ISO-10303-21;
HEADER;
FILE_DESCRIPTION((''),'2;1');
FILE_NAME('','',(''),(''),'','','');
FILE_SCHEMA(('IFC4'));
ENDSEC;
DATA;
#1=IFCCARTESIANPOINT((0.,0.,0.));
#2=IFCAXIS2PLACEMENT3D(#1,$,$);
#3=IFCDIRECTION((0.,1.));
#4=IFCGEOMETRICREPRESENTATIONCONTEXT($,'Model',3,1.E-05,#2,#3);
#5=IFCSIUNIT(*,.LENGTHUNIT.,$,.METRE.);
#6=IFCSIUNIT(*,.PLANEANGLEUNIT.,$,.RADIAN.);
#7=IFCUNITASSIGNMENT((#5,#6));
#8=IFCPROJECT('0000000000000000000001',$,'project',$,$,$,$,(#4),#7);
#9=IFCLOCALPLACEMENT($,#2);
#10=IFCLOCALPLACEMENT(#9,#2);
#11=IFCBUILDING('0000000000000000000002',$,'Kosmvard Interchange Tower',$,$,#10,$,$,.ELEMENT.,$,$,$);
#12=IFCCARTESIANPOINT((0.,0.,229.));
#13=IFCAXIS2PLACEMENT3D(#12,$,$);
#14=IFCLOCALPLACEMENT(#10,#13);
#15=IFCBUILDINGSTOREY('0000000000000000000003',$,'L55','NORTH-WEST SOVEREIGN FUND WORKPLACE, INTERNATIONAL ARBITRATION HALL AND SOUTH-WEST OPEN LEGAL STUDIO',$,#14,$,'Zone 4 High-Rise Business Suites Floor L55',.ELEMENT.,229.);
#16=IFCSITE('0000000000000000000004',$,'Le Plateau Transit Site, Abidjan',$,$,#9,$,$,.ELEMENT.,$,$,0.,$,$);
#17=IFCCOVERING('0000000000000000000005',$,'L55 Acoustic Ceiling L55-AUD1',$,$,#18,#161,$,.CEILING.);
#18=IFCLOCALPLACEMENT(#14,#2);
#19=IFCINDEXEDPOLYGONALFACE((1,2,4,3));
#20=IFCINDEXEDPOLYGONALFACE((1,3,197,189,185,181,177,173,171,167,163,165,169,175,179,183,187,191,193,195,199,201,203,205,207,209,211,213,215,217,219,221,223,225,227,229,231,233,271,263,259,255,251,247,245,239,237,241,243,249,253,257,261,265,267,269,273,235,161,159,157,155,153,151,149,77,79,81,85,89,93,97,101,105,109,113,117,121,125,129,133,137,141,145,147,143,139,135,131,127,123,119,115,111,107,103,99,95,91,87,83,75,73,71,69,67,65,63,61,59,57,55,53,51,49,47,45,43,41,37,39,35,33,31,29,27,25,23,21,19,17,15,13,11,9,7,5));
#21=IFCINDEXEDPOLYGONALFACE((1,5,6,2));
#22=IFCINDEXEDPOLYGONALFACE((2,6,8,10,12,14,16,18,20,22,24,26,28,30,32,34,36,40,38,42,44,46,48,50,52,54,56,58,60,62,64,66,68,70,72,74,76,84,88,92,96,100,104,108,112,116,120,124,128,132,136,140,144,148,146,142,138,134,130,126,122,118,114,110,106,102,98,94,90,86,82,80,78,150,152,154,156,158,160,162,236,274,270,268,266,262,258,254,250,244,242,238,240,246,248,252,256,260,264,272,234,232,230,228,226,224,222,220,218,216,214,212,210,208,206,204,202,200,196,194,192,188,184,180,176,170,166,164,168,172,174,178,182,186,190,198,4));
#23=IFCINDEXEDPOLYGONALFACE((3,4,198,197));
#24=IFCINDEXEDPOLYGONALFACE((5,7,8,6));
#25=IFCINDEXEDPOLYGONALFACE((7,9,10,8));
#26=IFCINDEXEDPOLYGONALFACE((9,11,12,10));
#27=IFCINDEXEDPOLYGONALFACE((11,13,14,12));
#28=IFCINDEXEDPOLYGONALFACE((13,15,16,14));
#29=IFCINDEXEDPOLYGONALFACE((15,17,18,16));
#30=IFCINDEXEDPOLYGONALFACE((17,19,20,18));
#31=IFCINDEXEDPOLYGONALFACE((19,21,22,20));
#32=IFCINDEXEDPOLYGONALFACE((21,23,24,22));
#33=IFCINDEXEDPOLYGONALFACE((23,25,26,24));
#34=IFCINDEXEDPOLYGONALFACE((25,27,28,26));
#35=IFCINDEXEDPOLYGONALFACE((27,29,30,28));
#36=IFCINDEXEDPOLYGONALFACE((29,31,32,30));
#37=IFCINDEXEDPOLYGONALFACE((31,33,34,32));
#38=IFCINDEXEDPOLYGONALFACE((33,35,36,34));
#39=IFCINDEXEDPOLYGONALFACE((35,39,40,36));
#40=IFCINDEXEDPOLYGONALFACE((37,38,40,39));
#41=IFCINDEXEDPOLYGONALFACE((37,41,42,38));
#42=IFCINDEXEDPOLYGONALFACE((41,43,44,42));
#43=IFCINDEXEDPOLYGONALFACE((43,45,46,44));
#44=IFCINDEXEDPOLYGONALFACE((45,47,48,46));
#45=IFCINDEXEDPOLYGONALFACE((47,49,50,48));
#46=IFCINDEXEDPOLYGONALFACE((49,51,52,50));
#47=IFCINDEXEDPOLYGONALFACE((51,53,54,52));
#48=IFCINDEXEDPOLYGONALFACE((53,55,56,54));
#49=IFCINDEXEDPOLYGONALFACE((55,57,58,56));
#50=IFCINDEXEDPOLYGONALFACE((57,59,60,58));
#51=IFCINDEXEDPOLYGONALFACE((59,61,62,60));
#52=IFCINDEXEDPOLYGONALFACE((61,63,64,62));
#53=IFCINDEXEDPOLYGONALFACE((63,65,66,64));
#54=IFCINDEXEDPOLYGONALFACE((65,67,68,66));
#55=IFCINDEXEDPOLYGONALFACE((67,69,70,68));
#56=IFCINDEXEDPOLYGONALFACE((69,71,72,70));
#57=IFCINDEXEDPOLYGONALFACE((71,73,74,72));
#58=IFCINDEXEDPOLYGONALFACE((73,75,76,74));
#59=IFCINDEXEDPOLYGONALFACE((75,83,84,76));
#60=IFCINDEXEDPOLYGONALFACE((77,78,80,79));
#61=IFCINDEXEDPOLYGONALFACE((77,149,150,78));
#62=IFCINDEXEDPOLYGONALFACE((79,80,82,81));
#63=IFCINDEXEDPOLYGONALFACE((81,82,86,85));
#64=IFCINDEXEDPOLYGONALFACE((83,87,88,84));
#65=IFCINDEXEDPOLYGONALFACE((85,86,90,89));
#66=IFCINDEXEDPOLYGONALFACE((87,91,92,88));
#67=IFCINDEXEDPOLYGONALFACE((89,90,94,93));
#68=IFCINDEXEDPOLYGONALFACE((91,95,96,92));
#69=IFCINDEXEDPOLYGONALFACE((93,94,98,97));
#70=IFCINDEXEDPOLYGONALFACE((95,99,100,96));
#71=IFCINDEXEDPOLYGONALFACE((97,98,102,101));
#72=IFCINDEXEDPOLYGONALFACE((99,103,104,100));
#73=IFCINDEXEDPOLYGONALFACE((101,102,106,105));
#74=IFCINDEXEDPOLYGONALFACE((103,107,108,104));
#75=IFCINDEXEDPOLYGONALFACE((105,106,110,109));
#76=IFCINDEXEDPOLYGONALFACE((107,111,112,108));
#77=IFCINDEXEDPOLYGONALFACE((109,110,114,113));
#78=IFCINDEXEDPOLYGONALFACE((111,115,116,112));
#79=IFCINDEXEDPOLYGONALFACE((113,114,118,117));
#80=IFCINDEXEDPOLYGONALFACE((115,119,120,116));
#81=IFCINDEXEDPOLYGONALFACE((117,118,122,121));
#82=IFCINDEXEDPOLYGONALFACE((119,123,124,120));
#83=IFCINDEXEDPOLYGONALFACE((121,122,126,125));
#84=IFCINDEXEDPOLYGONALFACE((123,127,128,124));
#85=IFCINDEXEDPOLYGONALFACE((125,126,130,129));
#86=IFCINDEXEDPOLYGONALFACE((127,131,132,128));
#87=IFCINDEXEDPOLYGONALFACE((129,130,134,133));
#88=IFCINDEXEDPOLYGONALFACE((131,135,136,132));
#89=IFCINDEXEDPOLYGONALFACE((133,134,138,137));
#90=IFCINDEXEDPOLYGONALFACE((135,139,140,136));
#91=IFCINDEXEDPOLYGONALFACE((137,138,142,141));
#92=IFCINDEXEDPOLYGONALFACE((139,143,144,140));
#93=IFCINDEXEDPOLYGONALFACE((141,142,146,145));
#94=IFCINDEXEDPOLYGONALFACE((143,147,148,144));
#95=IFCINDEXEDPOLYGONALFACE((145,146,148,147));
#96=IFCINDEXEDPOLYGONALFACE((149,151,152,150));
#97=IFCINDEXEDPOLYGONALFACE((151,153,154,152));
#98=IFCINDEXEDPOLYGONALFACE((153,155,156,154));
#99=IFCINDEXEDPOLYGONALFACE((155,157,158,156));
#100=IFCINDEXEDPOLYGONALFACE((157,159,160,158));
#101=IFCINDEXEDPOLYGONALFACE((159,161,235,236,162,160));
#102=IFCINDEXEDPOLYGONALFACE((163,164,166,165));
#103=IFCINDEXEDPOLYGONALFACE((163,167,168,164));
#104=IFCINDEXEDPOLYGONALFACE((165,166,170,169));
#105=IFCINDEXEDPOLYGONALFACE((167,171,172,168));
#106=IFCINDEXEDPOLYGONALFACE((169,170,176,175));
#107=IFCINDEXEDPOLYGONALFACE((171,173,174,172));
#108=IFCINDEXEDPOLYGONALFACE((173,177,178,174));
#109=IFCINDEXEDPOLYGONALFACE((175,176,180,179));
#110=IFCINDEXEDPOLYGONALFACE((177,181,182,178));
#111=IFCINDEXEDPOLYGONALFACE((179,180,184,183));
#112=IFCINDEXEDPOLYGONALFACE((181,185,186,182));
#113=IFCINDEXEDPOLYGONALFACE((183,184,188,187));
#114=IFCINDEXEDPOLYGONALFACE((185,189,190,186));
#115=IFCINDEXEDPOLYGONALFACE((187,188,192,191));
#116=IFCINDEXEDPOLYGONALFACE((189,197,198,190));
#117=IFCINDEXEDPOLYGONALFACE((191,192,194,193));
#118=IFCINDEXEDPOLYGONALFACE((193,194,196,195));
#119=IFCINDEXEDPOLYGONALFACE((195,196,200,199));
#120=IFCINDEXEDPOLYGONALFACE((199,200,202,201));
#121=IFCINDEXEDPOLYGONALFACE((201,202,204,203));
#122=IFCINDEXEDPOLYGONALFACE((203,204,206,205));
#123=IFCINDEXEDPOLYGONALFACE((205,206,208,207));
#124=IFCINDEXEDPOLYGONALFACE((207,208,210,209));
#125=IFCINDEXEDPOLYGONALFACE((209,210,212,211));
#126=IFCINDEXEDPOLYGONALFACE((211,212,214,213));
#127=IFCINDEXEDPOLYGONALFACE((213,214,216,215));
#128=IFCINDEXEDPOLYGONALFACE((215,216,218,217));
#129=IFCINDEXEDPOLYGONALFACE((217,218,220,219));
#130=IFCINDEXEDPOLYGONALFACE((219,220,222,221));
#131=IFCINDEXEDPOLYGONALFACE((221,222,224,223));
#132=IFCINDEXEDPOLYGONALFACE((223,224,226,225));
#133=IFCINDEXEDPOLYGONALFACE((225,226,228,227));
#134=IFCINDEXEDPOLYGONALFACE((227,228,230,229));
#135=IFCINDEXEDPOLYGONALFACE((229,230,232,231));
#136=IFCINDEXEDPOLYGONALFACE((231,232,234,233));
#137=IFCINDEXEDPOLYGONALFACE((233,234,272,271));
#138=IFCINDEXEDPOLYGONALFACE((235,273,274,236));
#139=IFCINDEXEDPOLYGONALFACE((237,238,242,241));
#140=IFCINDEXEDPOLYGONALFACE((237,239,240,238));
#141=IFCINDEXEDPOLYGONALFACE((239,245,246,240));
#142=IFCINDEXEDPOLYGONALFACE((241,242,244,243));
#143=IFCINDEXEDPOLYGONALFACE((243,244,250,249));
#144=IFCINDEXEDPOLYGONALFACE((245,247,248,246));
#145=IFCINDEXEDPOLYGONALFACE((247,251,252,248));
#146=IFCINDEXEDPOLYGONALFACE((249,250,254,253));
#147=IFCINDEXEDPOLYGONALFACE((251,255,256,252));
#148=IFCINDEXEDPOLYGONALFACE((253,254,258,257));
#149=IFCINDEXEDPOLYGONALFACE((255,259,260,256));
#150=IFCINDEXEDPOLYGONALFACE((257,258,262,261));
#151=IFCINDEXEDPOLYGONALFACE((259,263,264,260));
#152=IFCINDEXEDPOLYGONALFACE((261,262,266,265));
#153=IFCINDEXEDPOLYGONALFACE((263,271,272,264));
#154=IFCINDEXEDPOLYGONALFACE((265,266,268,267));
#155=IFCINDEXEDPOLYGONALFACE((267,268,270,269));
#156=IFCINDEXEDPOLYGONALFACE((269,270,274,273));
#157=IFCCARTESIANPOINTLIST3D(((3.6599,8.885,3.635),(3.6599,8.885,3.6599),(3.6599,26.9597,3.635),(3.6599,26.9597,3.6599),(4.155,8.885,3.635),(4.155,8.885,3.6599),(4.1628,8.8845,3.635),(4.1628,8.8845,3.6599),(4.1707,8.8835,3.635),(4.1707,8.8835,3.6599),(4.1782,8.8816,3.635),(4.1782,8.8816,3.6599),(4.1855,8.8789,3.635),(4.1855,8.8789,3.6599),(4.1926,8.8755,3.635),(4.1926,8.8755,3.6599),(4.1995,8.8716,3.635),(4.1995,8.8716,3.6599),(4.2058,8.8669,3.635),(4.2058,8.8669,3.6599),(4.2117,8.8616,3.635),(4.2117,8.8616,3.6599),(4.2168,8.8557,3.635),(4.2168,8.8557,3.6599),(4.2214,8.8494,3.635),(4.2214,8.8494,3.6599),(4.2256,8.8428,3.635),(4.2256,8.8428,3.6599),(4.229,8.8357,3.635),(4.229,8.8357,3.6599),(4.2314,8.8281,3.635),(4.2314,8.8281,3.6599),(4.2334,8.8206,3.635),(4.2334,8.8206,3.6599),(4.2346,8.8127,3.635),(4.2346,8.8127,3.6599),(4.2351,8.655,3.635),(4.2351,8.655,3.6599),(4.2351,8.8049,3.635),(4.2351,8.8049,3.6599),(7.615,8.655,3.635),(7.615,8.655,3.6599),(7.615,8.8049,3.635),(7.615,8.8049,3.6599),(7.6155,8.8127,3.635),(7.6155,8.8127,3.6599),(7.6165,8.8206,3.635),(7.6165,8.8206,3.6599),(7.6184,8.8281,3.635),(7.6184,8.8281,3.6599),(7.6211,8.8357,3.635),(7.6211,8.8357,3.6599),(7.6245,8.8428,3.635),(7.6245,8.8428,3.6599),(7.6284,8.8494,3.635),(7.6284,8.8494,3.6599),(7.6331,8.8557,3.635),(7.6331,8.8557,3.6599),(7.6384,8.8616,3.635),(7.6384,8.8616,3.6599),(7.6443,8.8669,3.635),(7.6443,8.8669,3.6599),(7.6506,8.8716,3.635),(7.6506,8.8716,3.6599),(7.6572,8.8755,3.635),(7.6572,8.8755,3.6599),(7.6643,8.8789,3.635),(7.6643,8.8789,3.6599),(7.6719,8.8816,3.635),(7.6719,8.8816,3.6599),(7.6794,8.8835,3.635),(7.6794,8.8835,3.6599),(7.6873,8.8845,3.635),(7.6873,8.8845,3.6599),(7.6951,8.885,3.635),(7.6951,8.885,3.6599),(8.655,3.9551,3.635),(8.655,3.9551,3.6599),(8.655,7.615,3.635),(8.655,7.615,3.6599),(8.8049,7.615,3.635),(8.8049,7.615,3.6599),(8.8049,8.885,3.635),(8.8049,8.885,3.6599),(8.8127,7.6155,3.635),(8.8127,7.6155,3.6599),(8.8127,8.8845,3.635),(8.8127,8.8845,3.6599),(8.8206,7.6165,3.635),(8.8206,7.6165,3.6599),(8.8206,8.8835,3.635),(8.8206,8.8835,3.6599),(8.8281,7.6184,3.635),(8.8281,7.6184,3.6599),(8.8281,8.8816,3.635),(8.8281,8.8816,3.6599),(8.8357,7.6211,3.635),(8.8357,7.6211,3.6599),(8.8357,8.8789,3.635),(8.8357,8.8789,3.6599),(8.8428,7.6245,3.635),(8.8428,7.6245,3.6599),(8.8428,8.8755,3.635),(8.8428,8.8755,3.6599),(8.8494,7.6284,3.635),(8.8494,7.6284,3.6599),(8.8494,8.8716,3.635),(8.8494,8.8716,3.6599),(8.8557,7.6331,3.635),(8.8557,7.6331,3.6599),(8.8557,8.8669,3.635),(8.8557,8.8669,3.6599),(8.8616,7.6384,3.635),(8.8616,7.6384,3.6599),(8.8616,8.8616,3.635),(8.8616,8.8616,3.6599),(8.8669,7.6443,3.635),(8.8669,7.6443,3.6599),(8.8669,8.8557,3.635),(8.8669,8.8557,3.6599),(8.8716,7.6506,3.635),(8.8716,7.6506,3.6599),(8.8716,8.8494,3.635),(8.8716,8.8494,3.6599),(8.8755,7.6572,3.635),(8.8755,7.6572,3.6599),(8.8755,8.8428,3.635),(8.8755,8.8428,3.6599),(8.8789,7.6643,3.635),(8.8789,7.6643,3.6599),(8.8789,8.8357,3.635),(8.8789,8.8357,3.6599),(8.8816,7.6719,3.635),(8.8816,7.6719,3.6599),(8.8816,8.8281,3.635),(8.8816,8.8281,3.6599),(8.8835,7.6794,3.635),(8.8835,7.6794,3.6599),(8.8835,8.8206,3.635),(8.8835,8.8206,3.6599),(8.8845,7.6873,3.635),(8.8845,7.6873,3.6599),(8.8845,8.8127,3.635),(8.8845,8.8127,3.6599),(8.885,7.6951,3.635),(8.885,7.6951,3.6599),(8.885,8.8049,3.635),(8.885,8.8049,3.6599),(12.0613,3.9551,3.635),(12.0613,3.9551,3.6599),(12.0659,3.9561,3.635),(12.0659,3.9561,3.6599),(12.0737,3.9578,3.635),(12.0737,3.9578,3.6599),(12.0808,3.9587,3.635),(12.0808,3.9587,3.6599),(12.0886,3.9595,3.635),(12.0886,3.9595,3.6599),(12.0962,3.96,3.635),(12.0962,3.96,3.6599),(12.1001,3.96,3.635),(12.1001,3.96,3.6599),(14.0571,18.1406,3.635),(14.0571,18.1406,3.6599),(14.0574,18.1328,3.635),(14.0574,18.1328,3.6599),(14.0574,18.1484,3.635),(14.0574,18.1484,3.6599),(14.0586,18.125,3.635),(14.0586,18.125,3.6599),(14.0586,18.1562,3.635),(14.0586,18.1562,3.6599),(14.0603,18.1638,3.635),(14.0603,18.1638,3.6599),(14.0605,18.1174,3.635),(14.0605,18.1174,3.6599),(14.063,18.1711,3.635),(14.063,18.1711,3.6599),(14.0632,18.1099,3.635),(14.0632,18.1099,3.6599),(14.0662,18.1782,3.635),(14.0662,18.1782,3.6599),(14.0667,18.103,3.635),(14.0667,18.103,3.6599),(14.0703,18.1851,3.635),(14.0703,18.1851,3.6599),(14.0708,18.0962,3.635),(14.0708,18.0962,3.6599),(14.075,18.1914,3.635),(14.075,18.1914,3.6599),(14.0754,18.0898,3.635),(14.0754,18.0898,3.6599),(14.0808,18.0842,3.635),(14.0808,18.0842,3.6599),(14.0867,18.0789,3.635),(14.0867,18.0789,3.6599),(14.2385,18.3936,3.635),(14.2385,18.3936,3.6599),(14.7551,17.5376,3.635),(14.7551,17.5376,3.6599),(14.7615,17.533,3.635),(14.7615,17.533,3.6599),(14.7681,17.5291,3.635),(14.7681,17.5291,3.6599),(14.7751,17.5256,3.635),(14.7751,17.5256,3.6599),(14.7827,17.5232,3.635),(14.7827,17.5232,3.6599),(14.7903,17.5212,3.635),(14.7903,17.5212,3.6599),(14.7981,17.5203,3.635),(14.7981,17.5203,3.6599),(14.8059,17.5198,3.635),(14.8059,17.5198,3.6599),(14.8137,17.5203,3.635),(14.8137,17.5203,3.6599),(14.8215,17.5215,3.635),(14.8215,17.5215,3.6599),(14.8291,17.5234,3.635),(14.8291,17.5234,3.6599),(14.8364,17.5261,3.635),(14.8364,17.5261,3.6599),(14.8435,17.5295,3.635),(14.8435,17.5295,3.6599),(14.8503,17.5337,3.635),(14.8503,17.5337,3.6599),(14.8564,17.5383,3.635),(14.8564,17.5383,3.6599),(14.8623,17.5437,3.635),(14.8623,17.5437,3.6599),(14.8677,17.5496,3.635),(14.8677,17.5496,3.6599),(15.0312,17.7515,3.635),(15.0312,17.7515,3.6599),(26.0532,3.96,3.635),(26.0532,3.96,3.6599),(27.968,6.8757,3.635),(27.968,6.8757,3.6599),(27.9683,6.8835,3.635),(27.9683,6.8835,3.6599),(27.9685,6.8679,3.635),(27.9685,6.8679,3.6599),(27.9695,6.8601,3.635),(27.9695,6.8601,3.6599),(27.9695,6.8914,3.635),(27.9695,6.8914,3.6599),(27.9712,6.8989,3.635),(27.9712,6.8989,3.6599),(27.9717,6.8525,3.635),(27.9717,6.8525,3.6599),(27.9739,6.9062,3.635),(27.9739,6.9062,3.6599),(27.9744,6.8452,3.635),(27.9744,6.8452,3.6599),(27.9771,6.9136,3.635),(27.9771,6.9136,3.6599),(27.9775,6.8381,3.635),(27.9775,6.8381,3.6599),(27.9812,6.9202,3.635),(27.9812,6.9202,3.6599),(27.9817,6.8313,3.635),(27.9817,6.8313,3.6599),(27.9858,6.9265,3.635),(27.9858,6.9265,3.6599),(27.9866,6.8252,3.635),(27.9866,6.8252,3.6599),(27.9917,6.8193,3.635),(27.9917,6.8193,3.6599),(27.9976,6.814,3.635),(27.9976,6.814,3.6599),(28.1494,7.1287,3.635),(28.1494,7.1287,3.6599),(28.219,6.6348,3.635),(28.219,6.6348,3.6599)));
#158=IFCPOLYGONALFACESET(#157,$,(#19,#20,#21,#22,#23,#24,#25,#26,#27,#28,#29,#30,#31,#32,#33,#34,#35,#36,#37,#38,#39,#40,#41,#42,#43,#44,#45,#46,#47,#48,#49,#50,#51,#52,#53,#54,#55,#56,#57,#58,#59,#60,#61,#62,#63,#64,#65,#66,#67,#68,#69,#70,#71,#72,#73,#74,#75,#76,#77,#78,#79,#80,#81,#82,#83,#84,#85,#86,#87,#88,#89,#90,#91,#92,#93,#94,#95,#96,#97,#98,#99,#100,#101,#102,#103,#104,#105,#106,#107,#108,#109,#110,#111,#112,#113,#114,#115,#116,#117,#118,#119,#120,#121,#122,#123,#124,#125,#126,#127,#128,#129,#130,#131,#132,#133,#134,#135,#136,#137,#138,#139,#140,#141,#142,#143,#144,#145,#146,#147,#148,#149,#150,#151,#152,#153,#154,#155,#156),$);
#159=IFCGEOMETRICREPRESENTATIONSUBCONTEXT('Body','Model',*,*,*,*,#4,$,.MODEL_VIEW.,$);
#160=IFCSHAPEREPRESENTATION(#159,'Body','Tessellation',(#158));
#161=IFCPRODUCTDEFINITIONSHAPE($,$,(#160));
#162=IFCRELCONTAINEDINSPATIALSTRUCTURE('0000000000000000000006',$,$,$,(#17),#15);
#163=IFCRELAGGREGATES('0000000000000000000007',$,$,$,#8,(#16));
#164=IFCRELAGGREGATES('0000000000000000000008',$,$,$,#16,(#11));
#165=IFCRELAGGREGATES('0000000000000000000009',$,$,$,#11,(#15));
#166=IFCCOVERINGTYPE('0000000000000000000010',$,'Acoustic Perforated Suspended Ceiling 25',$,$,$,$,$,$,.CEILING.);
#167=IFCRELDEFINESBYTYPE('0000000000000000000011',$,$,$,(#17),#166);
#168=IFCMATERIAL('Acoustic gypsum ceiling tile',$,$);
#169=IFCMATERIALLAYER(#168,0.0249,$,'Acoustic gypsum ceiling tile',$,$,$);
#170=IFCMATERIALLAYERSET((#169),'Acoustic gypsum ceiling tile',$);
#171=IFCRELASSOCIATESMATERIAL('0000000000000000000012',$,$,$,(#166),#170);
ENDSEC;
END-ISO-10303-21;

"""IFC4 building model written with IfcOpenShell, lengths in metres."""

from ifc_helpers import new_model, si_unit, direction, frame, origin, place, context, subcontext, project, spatial, polyline, outline, extrude, material, layer, layer_set, type_object, element, save


model = new_model("IFC4")

# Units and contexts
model_context = context("Model", 3, precision=1e-05, world=origin(), true_north=direction((0.0, 1.0)))
body_context = subcontext(model_context, "Body", "Model", "MODEL_VIEW")
ifc_project = project(units=[si_unit("LENGTHUNIT", "METRE"), si_unit("PLANEANGLEUNIT", "RADIAN")], contexts=[model_context])

# Site, building, storey
site_placement = place(None, origin())
site = spatial("IfcSite", under=ifc_project, at=site_placement, Name="Le Plateau Transit Site, Abidjan", CompositionType="ELEMENT", RefElevation=0.0)
building_placement = place(site_placement, origin())
building = spatial("IfcBuilding", under=site, at=building_placement, Name="Kosmvard Interchange Tower", CompositionType="ELEMENT")
storey_placement = place(building_placement, frame((0.0, 0.0, 229.0)))
storey = spatial("IfcBuildingStorey", under=building, at=storey_placement, Name="L55", Description="NORTH-WEST SOVEREIGN FUND WORKPLACE, INTERNATIONAL ARBITRATION HALL AND SOUTH-WEST OPEN LEGAL STUDIO", LongName="Zone 4 High-Rise Business Suites Floor L55", CompositionType="ELEMENT", Elevation=229.0)

# Covering
ifc_material_1 = material(Name="Acoustic gypsum ceiling tile")
ifc_layer_1 = layer(ifc_material_1, 0.0249, Name="Acoustic gypsum ceiling tile")
ifc_layer_set_1 = layer_set([ifc_layer_1], Name="Acoustic gypsum ceiling tile")
covering_type_1 = type_object("IfcCoveringType", Name="Acoustic Perforated Suspended Ceiling 25", PredefinedType="CEILING", material=ifc_layer_set_1)
covering_1_placement = place(storey_placement, frame((0.0, 0.0, 3.635)))
element("IfcCovering", 1, at=covering_1_placement, inside=storey, type_object=covering_type_1, Name="L55 Acoustic Ceiling L55-AUD1", PredefinedType="CEILING", context=body_context, shape_type="SweptSolid", body=[
    extrude(outline(polyline([(12.0613, 3.9551), (12.0659, 3.9561), (12.0737, 3.9578), (12.0808, 3.9587), (12.0886, 3.9595), (12.0962, 3.96), (12.1001, 3.96), (26.0532, 3.96), (28.219, 6.6348), (27.9976, 6.814), (27.9917, 6.8193), (27.9866, 6.8252), (27.9817, 6.8313), (27.9775, 6.8381), (27.9744, 6.8452), (27.9717, 6.8525), (27.9695, 6.8601), (27.9685, 6.8679), (27.968, 6.8757), (27.9683, 6.8835), (27.9695, 6.8914), (27.9712, 6.8989), (27.9739, 6.9062), (27.9771, 6.9136), (27.9812, 6.9202), (27.9858, 6.9265), (28.1494, 7.1287), (15.0312, 17.7515), (14.8677, 17.5496), (14.8623, 17.5437), (14.8564, 17.5383), (14.8503, 17.5337), (14.8435, 17.5295), (14.8364, 17.5261), (14.8291, 17.5234), (14.8215, 17.5215), (14.8137, 17.5203), (14.8059, 17.5198), (14.7981, 17.5203), (14.7903, 17.5212), (14.7827, 17.5232), (14.7751, 17.5256), (14.7681, 17.5291), (14.7615, 17.533), (14.7551, 17.5376), (14.0867, 18.0789), (14.0808, 18.0842), (14.0754, 18.0898), (14.0708, 18.0962), (14.0667, 18.103), (14.0632, 18.1099), (14.0605, 18.1174), (14.0586, 18.125), (14.0574, 18.1328), (14.0571, 18.1406), (14.0574, 18.1484), (14.0586, 18.1562), (14.0603, 18.1638), (14.063, 18.1711), (14.0662, 18.1782), (14.0703, 18.1851), (14.075, 18.1914), (14.2385, 18.3936), (3.6599, 26.9597), (3.6599, 8.885), (4.155, 8.885), (4.1628, 8.8845), (4.1707, 8.8835), (4.1782, 8.8816), (4.1855, 8.8789), (4.1926, 8.8755), (4.1995, 8.8716), (4.2058, 8.8669), (4.2117, 8.8616), (4.2168, 8.8557), (4.2214, 8.8494), (4.2256, 8.8428), (4.229, 8.8357), (4.2314, 8.8281), (4.2334, 8.8206), (4.2346, 8.8127), (4.2351, 8.8049), (4.2351, 8.655), (7.615, 8.655), (7.615, 8.8049), (7.6155, 8.8127), (7.6165, 8.8206), (7.6184, 8.8281), (7.6211, 8.8357), (7.6245, 8.8428), (7.6284, 8.8494), (7.6331, 8.8557), (7.6384, 8.8616), (7.6443, 8.8669), (7.6506, 8.8716), (7.6572, 8.8755), (7.6643, 8.8789), (7.6719, 8.8816), (7.6794, 8.8835), (7.6873, 8.8845), (7.6951, 8.885), (8.8049, 8.885), (8.8127, 8.8845), (8.8206, 8.8835), (8.8281, 8.8816), (8.8357, 8.8789), (8.8428, 8.8755), (8.8494, 8.8716), (8.8557, 8.8669), (8.8616, 8.8616), (8.8669, 8.8557), (8.8716, 8.8494), (8.8755, 8.8428), (8.8789, 8.8357), (8.8816, 8.8281), (8.8835, 8.8206), (8.8845, 8.8127), (8.885, 8.8049), (8.885, 7.6951), (8.8845, 7.6873), (8.8835, 7.6794), (8.8816, 7.6719), (8.8789, 7.6643), (8.8755, 7.6572), (8.8716, 7.6506), (8.8669, 7.6443), (8.8616, 7.6384), (8.8557, 7.6331), (8.8494, 7.6284), (8.8428, 7.6245), (8.8357, 7.6211), (8.8281, 7.6184), (8.8206, 7.6165), (8.8127, 7.6155), (8.8049, 7.615), (8.655, 7.615), (8.655, 3.9551), (12.0613, 3.9551)])), origin(), (0.0, 0.0, 1.0), 0.0249),
])

save(model, "model.ifc")
